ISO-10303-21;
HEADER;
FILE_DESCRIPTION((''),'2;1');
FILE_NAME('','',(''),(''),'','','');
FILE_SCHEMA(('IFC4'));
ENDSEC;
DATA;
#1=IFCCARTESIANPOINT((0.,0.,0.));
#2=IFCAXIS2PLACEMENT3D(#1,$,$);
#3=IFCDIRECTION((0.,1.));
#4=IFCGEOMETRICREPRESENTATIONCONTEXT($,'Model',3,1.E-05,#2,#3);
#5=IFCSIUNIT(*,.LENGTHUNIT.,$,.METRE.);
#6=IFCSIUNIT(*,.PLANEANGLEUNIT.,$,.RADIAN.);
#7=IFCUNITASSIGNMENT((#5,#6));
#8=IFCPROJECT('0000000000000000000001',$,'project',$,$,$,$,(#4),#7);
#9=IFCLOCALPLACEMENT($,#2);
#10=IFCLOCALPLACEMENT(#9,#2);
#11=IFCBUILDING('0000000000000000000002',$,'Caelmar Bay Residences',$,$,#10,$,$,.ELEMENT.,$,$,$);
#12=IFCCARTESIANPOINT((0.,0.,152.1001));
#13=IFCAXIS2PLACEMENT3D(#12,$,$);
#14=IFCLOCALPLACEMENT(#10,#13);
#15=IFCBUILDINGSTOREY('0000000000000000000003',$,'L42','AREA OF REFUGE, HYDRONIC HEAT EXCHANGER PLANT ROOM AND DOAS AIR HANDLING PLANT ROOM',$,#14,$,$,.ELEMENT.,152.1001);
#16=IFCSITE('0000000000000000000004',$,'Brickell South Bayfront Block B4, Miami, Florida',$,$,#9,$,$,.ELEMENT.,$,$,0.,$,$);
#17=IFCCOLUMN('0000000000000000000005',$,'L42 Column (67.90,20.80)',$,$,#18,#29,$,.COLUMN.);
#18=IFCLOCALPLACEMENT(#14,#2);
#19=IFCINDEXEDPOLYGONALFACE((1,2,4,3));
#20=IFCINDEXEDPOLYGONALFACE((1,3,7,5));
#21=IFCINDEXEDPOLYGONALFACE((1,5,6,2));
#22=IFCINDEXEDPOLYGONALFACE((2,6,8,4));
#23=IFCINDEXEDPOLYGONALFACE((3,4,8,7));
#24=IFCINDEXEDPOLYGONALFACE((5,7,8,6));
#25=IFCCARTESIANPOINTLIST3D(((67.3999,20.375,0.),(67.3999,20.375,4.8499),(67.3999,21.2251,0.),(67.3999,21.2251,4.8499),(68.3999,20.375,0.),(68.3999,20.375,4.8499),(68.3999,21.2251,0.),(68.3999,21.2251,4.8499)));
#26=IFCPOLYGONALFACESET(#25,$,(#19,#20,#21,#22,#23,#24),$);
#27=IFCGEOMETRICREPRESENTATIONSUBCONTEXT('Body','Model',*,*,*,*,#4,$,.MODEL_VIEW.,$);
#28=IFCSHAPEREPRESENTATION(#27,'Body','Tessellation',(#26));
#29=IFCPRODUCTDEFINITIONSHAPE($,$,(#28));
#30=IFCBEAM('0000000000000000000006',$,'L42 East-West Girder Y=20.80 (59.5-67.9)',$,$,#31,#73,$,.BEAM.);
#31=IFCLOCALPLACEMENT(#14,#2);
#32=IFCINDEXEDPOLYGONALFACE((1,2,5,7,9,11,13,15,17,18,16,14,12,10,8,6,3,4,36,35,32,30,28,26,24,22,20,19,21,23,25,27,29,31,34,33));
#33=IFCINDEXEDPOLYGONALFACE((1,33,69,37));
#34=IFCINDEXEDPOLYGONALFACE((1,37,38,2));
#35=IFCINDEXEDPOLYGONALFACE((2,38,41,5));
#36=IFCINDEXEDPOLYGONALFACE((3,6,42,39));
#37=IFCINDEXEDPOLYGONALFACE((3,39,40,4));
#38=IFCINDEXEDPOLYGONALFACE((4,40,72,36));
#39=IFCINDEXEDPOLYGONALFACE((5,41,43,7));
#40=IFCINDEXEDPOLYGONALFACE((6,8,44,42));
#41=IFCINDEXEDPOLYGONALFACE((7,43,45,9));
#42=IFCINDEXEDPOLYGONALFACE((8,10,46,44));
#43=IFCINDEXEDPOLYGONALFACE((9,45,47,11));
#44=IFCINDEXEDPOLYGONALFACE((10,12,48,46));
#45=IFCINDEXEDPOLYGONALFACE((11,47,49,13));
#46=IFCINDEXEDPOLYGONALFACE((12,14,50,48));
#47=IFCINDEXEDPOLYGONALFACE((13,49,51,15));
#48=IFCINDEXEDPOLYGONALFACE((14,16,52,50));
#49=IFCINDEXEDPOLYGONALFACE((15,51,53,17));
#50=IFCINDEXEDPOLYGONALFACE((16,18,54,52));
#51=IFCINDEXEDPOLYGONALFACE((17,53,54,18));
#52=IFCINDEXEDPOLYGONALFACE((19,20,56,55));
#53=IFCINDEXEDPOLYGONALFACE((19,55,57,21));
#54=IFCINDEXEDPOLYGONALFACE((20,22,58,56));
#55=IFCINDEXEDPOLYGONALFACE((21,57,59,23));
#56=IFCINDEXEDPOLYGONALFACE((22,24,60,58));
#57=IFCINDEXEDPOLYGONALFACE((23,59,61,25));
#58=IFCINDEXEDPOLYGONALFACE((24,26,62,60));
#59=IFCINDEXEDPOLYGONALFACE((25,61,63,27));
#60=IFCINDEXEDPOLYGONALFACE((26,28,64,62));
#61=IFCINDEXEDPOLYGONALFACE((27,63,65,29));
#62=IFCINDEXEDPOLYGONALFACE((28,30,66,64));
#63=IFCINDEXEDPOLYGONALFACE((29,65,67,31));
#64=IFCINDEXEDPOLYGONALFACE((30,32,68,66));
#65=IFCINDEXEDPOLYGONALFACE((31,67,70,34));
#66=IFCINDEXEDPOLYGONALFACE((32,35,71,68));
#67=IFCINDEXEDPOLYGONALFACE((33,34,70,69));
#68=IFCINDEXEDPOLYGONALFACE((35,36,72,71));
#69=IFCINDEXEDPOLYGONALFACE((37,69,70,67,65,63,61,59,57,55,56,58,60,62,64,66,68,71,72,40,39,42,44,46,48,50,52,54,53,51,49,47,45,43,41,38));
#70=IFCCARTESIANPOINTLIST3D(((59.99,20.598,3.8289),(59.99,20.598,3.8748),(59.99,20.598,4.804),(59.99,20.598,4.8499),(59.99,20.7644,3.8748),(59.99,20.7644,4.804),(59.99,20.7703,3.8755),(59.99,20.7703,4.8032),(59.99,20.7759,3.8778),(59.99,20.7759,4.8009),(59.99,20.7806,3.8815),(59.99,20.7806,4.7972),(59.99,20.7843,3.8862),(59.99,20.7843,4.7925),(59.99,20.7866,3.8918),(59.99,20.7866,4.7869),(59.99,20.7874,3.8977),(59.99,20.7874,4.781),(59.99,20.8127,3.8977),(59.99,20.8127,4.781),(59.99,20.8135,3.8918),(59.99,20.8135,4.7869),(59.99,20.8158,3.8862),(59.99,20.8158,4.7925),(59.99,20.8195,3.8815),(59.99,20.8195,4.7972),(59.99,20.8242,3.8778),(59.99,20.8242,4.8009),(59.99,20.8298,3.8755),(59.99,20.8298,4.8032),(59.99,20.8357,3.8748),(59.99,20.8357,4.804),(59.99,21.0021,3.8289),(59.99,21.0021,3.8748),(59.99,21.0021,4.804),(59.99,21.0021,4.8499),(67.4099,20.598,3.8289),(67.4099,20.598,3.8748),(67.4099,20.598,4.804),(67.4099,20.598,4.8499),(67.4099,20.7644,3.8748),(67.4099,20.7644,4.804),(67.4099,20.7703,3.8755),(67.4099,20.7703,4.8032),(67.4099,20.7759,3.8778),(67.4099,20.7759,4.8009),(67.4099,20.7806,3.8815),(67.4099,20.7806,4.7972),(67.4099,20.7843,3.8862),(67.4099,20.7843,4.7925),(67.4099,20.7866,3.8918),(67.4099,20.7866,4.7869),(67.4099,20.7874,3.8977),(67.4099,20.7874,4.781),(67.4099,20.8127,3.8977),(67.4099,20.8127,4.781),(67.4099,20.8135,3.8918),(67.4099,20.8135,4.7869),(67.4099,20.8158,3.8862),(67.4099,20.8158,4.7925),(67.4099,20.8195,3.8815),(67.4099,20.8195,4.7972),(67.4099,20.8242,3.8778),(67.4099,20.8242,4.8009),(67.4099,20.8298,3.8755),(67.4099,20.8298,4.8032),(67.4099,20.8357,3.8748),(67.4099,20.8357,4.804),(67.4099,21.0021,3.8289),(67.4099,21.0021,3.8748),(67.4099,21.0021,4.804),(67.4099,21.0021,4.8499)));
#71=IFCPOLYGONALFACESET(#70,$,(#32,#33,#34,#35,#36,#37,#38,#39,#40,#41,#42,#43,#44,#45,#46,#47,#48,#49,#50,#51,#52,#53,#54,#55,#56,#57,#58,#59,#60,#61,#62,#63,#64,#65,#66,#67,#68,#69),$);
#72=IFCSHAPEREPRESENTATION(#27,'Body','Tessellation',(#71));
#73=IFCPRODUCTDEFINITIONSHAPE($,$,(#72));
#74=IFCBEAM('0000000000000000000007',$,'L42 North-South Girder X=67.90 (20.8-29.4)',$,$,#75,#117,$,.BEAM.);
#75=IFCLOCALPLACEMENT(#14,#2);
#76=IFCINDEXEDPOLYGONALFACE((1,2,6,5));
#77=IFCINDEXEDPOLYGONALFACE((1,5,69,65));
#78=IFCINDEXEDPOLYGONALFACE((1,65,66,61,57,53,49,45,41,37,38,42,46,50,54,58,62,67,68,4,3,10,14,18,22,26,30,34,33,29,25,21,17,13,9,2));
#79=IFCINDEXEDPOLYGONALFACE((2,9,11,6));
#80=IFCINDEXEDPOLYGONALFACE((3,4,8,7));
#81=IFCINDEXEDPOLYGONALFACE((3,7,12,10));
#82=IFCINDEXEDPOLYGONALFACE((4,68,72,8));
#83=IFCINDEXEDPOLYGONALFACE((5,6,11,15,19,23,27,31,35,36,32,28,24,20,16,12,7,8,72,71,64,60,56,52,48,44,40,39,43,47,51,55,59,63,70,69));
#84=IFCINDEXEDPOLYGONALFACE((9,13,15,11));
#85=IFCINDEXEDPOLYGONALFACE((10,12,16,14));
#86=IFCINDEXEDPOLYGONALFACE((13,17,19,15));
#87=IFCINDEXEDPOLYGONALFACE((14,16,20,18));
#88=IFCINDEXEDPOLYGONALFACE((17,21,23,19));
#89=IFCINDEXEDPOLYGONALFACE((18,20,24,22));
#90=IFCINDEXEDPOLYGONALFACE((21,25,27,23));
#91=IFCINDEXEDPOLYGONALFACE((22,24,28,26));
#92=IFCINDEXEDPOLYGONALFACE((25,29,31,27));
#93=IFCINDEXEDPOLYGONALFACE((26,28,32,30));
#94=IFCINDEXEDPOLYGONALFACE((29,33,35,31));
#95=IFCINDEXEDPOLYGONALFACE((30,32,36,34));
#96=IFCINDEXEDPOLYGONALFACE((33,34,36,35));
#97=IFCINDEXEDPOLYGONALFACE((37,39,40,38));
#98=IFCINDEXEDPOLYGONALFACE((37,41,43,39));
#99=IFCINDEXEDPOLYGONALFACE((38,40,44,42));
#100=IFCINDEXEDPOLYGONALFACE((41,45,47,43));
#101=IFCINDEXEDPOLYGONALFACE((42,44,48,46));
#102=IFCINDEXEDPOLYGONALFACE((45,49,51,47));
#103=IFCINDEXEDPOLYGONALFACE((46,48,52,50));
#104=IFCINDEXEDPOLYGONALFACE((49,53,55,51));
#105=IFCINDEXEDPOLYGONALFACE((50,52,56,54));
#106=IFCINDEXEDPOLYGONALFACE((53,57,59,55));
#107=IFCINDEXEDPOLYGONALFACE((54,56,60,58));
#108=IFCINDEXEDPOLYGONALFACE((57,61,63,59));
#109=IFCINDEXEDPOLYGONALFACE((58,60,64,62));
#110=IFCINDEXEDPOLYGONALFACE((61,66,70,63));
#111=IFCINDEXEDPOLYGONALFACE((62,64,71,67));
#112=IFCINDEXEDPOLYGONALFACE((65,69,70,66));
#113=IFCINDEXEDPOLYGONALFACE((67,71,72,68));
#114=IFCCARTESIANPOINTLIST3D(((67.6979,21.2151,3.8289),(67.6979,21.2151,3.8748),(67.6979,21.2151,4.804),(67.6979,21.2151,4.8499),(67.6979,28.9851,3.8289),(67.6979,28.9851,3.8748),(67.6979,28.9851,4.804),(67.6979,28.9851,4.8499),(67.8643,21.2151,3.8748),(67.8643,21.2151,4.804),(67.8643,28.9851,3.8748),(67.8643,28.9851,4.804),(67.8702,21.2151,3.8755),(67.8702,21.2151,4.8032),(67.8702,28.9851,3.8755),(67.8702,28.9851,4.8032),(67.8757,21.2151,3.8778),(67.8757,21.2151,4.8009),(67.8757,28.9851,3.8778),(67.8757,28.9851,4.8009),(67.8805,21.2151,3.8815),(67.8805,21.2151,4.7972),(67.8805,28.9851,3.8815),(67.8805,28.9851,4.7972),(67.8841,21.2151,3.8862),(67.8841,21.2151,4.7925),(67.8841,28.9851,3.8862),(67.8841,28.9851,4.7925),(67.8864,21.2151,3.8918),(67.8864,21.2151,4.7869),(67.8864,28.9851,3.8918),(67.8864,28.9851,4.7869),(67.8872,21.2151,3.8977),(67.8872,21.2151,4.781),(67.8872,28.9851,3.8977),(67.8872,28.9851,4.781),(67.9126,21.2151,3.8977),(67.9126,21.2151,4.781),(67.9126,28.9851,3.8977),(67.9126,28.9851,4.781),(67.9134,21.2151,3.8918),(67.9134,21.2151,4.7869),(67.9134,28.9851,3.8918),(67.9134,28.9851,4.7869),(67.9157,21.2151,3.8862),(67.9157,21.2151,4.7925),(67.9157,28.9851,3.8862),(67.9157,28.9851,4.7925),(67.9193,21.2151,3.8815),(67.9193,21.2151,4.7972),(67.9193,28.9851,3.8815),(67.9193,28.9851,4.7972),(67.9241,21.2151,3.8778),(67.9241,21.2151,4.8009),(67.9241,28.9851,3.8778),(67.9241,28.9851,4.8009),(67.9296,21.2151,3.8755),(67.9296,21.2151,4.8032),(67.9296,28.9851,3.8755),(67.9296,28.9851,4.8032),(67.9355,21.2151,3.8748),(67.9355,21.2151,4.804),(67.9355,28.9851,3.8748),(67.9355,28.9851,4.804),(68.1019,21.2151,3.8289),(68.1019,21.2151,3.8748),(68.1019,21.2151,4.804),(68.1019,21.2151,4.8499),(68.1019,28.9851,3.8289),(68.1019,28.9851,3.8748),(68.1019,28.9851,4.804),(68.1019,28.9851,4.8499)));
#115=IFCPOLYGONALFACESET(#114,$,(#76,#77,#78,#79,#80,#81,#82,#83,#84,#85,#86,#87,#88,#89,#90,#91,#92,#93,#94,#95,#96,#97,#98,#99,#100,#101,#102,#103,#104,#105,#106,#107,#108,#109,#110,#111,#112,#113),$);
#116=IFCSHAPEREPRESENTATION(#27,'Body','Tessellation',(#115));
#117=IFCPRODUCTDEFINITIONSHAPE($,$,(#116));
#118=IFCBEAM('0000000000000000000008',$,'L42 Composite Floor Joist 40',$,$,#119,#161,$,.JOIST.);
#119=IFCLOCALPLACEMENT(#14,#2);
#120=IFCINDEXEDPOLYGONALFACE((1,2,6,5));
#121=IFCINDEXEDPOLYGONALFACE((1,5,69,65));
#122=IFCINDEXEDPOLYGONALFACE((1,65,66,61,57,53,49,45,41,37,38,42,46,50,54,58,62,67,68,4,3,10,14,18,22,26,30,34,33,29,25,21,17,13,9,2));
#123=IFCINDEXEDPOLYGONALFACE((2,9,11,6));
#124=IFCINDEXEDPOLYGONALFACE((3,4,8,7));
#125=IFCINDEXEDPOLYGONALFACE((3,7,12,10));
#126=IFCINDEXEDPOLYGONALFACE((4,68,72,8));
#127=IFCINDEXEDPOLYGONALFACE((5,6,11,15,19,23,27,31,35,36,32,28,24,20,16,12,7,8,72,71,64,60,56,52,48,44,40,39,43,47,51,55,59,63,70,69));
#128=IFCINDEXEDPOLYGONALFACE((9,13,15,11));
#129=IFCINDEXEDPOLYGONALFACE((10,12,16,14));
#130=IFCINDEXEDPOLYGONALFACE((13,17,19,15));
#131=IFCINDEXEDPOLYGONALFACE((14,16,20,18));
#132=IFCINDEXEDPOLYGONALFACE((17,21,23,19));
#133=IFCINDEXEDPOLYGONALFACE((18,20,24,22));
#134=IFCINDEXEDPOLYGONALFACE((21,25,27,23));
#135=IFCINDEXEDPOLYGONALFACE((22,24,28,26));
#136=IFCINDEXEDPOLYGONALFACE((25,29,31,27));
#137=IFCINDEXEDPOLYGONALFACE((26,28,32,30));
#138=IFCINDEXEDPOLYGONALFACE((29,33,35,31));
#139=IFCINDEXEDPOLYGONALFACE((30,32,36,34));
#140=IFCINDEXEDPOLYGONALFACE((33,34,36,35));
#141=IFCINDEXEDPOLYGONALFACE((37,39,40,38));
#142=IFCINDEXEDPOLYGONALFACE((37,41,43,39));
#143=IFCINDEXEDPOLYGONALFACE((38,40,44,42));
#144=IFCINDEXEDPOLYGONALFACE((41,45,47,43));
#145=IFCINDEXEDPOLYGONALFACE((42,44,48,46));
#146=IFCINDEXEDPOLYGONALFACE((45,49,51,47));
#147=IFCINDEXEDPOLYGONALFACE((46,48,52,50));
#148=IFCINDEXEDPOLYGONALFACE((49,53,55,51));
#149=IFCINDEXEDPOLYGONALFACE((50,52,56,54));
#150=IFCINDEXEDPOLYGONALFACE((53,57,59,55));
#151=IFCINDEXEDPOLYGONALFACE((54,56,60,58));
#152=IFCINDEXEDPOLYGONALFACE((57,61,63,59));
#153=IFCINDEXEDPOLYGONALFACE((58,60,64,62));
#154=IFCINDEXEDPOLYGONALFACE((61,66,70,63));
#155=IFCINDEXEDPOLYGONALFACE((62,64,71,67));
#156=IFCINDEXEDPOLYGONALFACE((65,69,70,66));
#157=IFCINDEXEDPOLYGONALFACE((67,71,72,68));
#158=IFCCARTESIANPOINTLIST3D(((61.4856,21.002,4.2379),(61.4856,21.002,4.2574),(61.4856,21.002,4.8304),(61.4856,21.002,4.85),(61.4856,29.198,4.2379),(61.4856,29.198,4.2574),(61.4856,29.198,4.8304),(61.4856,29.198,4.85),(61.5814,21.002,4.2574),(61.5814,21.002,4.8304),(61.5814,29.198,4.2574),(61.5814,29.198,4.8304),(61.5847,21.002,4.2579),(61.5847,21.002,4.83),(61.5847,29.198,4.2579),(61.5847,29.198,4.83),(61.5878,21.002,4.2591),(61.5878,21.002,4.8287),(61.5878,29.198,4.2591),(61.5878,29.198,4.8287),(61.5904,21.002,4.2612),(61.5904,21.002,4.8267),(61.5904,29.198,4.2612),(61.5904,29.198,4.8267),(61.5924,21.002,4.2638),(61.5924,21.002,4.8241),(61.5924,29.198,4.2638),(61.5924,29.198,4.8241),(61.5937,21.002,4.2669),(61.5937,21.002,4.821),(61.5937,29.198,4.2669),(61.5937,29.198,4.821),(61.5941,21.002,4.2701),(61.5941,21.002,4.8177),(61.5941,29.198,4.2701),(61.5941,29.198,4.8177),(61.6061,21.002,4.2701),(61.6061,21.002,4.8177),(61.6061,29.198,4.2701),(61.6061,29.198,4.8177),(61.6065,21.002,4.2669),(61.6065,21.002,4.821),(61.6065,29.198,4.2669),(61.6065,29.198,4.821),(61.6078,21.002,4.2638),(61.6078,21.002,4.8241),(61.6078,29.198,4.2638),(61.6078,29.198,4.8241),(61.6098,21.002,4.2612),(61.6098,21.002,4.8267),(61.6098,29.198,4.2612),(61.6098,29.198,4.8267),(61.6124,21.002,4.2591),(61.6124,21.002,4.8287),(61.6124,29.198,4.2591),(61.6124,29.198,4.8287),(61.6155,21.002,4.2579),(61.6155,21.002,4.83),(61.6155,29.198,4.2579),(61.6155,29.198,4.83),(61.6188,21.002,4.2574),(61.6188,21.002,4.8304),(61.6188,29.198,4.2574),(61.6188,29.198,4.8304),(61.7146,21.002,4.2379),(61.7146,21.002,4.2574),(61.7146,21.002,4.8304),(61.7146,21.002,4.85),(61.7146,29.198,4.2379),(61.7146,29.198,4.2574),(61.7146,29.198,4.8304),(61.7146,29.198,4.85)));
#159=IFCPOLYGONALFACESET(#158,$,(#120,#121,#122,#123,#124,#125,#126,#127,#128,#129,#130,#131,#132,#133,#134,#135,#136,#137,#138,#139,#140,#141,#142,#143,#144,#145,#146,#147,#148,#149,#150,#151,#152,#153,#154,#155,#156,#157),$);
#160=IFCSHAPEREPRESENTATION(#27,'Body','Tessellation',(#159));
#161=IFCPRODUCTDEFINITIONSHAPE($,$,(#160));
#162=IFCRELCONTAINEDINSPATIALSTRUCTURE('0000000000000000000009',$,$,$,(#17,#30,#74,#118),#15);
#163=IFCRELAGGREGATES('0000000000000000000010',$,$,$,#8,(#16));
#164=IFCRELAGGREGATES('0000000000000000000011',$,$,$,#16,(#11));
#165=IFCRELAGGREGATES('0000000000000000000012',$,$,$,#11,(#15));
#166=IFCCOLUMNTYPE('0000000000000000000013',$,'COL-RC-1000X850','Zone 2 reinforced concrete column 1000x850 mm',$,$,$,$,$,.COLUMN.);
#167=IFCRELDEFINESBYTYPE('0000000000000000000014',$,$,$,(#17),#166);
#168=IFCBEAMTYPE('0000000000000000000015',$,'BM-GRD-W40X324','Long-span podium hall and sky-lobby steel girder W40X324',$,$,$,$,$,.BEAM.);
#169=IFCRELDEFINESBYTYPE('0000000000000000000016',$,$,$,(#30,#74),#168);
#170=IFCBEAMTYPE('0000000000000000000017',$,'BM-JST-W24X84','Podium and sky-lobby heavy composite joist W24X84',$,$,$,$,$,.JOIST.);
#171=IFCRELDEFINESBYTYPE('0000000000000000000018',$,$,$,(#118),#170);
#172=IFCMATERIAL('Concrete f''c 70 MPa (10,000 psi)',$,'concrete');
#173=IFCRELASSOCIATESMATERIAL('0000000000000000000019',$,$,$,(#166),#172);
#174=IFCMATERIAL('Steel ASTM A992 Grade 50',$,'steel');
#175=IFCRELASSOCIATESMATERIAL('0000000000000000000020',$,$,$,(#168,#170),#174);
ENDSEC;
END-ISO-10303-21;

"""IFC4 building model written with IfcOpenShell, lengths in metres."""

from ifc_helpers import new_model, si_unit, direction, frame, origin, origin_2d, place, context, subcontext, project, spatial, rectangle, i_section, extrude, material, material_profile, profile_set, type_object, element, save


model = new_model("IFC4")

# Units and contexts
model_context = context("Model", 3, precision=1e-05, world=origin(), true_north=direction((0.0, 1.0)))
body_context = subcontext(model_context, "Body", "Model", "MODEL_VIEW")
ifc_project = project(units=[si_unit("LENGTHUNIT", "METRE"), si_unit("PLANEANGLEUNIT", "RADIAN")], contexts=[model_context])

# Site, building, storey
site_placement = place(None, origin())
site = spatial("IfcSite", under=ifc_project, at=site_placement, Name="Brickell South Bayfront Block B4, Miami, Florida", CompositionType="ELEMENT", RefElevation=0.0)
building_placement = place(site_placement, origin())
building = spatial("IfcBuilding", under=site, at=building_placement, Name="Caelmar Bay Residences", CompositionType="ELEMENT")
storey_placement = place(building_placement, frame((0.0, 0.0, 152.1001)))
storey = spatial("IfcBuildingStorey", under=building, at=storey_placement, Name="L42", Description="AREA OF REFUGE, HYDRONIC HEAT EXCHANGER PLANT ROOM AND DOAS AIR HANDLING PLANT ROOM", CompositionType="ELEMENT", Elevation=152.1001)

# Column
ifc_material_1 = material(Name="Concrete f'c 70 MPa (10,000 psi)", Category="concrete")
ifc_material_profile_1 = material_profile(ifc_material_1, rectangle(XDim=1.0, YDim=0.8501, at=origin_2d()), Name="RC-COL-1000X850")
ifc_profile_set_1 = profile_set([ifc_material_profile_1], Name="Concrete f'c 70 MPa (10,000 psi)")
column_type = type_object("IfcColumnType", Name="COL-RC-1000X850", Description="Zone 2 reinforced concrete column 1000x850 mm", PredefinedType="COLUMN", material=ifc_profile_set_1)
column_placement = place(storey_placement, frame((67.8999, 20.8, 0.0), z_axis=(0.0, 0.0, 1.0), x_axis=(1.0, 0.0, 0.0)))
element("IfcColumn", 1, at=column_placement, inside=storey, type_object=column_type, Name="L42 Column (67.90,20.80)", PredefinedType="COLUMN", context=body_context, shape_type="SweptSolid", body=[
    extrude(rectangle(XDim=1.0, YDim=0.8501, at=origin_2d()), origin(), (0.0, 0.0, 1.0), 4.8499),
])

# Beams
ifc_material_2 = material(Name="Steel ASTM A992 Grade 50", Category="steel")
ifc_material_profile_2 = material_profile(ifc_material_2, i_section(OverallWidth=0.4041, OverallDepth=1.021, WebThickness=0.0254, FlangeThickness=0.0459, FilletRadius=0.0229, at=origin_2d()), Name="W40X324")
ifc_profile_set_2 = profile_set([ifc_material_profile_2], Name="Steel ASTM A992 Grade 50")
beam_type_1 = type_object("IfcBeamType", Name="BM-GRD-W40X324", Description="Long-span podium hall and sky-lobby steel girder W40X324", PredefinedType="BEAM", material=ifc_profile_set_2)
beam_1_placement = place(storey_placement, frame((59.99, 20.8, 4.3394), z_axis=(1.0, 0.0, 0.0), x_axis=(0.0, 1.0, 0.0)))
element("IfcBeam", 2, at=beam_1_placement, inside=storey, type_object=beam_type_1, Name="L42 East-West Girder Y=20.80 (59.5-67.9)", PredefinedType="BEAM", context=body_context, shape_type="SweptSolid", body=[
    extrude(i_section(OverallWidth=0.4041, OverallDepth=1.021, WebThickness=0.0254, FlangeThickness=0.0459, FilletRadius=0.0229, at=origin_2d()), origin(), (0.0, 0.0, 1.0), 7.4199),
])
beam_2_placement = place(storey_placement, frame((67.8999, 21.2151, 4.3394), z_axis=(0.0, 1.0, 0.0), x_axis=(-1.0, 0.0, 0.0)))
element("IfcBeam", 3, at=beam_2_placement, inside=storey, type_object=beam_type_1, Name="L42 North-South Girder X=67.90 (20.8-29.4)", PredefinedType="BEAM", context=body_context, shape_type="SweptSolid", body=[
    extrude(i_section(OverallWidth=0.4041, OverallDepth=1.021, WebThickness=0.0254, FlangeThickness=0.0459, FilletRadius=0.0229, at=origin_2d()), origin(), (0.0, 0.0, 1.0), 7.77),
])
ifc_material_profile_3 = material_profile(ifc_material_2, i_section(OverallWidth=0.229, OverallDepth=0.6121, WebThickness=0.012, FlangeThickness=0.0195, FilletRadius=0.0127, at=origin_2d()), Name="W24X84")
ifc_profile_set_3 = profile_set([ifc_material_profile_3], Name="Steel ASTM A992 Grade 50")
beam_type_2 = type_object("IfcBeamType", Name="BM-JST-W24X84", Description="Podium and sky-lobby heavy composite joist W24X84", PredefinedType="JOIST", material=ifc_profile_set_3)
for number, where, z_axis, x_axis, name in (
    (4, (61.6001, 21.002, 4.5439), (0.0, 1.0, 0.0), (-1.0, 0.0, 0.0), "L42 Composite Floor Joist 40"),
):
    element("IfcBeam", number, at=place(storey_placement, frame(where, z_axis=z_axis, x_axis=x_axis)), inside=storey, type_object=beam_type_2, Name=name, PredefinedType="JOIST", context=body_context, shape_type="SweptSolid", body=[
        extrude(i_section(OverallWidth=0.229, OverallDepth=0.6121, WebThickness=0.012, FlangeThickness=0.0195, FilletRadius=0.0127, at=origin_2d()), origin(), (0.0, 0.0, 1.0), 8.196),
    ])

save(model, "model.ifc")
